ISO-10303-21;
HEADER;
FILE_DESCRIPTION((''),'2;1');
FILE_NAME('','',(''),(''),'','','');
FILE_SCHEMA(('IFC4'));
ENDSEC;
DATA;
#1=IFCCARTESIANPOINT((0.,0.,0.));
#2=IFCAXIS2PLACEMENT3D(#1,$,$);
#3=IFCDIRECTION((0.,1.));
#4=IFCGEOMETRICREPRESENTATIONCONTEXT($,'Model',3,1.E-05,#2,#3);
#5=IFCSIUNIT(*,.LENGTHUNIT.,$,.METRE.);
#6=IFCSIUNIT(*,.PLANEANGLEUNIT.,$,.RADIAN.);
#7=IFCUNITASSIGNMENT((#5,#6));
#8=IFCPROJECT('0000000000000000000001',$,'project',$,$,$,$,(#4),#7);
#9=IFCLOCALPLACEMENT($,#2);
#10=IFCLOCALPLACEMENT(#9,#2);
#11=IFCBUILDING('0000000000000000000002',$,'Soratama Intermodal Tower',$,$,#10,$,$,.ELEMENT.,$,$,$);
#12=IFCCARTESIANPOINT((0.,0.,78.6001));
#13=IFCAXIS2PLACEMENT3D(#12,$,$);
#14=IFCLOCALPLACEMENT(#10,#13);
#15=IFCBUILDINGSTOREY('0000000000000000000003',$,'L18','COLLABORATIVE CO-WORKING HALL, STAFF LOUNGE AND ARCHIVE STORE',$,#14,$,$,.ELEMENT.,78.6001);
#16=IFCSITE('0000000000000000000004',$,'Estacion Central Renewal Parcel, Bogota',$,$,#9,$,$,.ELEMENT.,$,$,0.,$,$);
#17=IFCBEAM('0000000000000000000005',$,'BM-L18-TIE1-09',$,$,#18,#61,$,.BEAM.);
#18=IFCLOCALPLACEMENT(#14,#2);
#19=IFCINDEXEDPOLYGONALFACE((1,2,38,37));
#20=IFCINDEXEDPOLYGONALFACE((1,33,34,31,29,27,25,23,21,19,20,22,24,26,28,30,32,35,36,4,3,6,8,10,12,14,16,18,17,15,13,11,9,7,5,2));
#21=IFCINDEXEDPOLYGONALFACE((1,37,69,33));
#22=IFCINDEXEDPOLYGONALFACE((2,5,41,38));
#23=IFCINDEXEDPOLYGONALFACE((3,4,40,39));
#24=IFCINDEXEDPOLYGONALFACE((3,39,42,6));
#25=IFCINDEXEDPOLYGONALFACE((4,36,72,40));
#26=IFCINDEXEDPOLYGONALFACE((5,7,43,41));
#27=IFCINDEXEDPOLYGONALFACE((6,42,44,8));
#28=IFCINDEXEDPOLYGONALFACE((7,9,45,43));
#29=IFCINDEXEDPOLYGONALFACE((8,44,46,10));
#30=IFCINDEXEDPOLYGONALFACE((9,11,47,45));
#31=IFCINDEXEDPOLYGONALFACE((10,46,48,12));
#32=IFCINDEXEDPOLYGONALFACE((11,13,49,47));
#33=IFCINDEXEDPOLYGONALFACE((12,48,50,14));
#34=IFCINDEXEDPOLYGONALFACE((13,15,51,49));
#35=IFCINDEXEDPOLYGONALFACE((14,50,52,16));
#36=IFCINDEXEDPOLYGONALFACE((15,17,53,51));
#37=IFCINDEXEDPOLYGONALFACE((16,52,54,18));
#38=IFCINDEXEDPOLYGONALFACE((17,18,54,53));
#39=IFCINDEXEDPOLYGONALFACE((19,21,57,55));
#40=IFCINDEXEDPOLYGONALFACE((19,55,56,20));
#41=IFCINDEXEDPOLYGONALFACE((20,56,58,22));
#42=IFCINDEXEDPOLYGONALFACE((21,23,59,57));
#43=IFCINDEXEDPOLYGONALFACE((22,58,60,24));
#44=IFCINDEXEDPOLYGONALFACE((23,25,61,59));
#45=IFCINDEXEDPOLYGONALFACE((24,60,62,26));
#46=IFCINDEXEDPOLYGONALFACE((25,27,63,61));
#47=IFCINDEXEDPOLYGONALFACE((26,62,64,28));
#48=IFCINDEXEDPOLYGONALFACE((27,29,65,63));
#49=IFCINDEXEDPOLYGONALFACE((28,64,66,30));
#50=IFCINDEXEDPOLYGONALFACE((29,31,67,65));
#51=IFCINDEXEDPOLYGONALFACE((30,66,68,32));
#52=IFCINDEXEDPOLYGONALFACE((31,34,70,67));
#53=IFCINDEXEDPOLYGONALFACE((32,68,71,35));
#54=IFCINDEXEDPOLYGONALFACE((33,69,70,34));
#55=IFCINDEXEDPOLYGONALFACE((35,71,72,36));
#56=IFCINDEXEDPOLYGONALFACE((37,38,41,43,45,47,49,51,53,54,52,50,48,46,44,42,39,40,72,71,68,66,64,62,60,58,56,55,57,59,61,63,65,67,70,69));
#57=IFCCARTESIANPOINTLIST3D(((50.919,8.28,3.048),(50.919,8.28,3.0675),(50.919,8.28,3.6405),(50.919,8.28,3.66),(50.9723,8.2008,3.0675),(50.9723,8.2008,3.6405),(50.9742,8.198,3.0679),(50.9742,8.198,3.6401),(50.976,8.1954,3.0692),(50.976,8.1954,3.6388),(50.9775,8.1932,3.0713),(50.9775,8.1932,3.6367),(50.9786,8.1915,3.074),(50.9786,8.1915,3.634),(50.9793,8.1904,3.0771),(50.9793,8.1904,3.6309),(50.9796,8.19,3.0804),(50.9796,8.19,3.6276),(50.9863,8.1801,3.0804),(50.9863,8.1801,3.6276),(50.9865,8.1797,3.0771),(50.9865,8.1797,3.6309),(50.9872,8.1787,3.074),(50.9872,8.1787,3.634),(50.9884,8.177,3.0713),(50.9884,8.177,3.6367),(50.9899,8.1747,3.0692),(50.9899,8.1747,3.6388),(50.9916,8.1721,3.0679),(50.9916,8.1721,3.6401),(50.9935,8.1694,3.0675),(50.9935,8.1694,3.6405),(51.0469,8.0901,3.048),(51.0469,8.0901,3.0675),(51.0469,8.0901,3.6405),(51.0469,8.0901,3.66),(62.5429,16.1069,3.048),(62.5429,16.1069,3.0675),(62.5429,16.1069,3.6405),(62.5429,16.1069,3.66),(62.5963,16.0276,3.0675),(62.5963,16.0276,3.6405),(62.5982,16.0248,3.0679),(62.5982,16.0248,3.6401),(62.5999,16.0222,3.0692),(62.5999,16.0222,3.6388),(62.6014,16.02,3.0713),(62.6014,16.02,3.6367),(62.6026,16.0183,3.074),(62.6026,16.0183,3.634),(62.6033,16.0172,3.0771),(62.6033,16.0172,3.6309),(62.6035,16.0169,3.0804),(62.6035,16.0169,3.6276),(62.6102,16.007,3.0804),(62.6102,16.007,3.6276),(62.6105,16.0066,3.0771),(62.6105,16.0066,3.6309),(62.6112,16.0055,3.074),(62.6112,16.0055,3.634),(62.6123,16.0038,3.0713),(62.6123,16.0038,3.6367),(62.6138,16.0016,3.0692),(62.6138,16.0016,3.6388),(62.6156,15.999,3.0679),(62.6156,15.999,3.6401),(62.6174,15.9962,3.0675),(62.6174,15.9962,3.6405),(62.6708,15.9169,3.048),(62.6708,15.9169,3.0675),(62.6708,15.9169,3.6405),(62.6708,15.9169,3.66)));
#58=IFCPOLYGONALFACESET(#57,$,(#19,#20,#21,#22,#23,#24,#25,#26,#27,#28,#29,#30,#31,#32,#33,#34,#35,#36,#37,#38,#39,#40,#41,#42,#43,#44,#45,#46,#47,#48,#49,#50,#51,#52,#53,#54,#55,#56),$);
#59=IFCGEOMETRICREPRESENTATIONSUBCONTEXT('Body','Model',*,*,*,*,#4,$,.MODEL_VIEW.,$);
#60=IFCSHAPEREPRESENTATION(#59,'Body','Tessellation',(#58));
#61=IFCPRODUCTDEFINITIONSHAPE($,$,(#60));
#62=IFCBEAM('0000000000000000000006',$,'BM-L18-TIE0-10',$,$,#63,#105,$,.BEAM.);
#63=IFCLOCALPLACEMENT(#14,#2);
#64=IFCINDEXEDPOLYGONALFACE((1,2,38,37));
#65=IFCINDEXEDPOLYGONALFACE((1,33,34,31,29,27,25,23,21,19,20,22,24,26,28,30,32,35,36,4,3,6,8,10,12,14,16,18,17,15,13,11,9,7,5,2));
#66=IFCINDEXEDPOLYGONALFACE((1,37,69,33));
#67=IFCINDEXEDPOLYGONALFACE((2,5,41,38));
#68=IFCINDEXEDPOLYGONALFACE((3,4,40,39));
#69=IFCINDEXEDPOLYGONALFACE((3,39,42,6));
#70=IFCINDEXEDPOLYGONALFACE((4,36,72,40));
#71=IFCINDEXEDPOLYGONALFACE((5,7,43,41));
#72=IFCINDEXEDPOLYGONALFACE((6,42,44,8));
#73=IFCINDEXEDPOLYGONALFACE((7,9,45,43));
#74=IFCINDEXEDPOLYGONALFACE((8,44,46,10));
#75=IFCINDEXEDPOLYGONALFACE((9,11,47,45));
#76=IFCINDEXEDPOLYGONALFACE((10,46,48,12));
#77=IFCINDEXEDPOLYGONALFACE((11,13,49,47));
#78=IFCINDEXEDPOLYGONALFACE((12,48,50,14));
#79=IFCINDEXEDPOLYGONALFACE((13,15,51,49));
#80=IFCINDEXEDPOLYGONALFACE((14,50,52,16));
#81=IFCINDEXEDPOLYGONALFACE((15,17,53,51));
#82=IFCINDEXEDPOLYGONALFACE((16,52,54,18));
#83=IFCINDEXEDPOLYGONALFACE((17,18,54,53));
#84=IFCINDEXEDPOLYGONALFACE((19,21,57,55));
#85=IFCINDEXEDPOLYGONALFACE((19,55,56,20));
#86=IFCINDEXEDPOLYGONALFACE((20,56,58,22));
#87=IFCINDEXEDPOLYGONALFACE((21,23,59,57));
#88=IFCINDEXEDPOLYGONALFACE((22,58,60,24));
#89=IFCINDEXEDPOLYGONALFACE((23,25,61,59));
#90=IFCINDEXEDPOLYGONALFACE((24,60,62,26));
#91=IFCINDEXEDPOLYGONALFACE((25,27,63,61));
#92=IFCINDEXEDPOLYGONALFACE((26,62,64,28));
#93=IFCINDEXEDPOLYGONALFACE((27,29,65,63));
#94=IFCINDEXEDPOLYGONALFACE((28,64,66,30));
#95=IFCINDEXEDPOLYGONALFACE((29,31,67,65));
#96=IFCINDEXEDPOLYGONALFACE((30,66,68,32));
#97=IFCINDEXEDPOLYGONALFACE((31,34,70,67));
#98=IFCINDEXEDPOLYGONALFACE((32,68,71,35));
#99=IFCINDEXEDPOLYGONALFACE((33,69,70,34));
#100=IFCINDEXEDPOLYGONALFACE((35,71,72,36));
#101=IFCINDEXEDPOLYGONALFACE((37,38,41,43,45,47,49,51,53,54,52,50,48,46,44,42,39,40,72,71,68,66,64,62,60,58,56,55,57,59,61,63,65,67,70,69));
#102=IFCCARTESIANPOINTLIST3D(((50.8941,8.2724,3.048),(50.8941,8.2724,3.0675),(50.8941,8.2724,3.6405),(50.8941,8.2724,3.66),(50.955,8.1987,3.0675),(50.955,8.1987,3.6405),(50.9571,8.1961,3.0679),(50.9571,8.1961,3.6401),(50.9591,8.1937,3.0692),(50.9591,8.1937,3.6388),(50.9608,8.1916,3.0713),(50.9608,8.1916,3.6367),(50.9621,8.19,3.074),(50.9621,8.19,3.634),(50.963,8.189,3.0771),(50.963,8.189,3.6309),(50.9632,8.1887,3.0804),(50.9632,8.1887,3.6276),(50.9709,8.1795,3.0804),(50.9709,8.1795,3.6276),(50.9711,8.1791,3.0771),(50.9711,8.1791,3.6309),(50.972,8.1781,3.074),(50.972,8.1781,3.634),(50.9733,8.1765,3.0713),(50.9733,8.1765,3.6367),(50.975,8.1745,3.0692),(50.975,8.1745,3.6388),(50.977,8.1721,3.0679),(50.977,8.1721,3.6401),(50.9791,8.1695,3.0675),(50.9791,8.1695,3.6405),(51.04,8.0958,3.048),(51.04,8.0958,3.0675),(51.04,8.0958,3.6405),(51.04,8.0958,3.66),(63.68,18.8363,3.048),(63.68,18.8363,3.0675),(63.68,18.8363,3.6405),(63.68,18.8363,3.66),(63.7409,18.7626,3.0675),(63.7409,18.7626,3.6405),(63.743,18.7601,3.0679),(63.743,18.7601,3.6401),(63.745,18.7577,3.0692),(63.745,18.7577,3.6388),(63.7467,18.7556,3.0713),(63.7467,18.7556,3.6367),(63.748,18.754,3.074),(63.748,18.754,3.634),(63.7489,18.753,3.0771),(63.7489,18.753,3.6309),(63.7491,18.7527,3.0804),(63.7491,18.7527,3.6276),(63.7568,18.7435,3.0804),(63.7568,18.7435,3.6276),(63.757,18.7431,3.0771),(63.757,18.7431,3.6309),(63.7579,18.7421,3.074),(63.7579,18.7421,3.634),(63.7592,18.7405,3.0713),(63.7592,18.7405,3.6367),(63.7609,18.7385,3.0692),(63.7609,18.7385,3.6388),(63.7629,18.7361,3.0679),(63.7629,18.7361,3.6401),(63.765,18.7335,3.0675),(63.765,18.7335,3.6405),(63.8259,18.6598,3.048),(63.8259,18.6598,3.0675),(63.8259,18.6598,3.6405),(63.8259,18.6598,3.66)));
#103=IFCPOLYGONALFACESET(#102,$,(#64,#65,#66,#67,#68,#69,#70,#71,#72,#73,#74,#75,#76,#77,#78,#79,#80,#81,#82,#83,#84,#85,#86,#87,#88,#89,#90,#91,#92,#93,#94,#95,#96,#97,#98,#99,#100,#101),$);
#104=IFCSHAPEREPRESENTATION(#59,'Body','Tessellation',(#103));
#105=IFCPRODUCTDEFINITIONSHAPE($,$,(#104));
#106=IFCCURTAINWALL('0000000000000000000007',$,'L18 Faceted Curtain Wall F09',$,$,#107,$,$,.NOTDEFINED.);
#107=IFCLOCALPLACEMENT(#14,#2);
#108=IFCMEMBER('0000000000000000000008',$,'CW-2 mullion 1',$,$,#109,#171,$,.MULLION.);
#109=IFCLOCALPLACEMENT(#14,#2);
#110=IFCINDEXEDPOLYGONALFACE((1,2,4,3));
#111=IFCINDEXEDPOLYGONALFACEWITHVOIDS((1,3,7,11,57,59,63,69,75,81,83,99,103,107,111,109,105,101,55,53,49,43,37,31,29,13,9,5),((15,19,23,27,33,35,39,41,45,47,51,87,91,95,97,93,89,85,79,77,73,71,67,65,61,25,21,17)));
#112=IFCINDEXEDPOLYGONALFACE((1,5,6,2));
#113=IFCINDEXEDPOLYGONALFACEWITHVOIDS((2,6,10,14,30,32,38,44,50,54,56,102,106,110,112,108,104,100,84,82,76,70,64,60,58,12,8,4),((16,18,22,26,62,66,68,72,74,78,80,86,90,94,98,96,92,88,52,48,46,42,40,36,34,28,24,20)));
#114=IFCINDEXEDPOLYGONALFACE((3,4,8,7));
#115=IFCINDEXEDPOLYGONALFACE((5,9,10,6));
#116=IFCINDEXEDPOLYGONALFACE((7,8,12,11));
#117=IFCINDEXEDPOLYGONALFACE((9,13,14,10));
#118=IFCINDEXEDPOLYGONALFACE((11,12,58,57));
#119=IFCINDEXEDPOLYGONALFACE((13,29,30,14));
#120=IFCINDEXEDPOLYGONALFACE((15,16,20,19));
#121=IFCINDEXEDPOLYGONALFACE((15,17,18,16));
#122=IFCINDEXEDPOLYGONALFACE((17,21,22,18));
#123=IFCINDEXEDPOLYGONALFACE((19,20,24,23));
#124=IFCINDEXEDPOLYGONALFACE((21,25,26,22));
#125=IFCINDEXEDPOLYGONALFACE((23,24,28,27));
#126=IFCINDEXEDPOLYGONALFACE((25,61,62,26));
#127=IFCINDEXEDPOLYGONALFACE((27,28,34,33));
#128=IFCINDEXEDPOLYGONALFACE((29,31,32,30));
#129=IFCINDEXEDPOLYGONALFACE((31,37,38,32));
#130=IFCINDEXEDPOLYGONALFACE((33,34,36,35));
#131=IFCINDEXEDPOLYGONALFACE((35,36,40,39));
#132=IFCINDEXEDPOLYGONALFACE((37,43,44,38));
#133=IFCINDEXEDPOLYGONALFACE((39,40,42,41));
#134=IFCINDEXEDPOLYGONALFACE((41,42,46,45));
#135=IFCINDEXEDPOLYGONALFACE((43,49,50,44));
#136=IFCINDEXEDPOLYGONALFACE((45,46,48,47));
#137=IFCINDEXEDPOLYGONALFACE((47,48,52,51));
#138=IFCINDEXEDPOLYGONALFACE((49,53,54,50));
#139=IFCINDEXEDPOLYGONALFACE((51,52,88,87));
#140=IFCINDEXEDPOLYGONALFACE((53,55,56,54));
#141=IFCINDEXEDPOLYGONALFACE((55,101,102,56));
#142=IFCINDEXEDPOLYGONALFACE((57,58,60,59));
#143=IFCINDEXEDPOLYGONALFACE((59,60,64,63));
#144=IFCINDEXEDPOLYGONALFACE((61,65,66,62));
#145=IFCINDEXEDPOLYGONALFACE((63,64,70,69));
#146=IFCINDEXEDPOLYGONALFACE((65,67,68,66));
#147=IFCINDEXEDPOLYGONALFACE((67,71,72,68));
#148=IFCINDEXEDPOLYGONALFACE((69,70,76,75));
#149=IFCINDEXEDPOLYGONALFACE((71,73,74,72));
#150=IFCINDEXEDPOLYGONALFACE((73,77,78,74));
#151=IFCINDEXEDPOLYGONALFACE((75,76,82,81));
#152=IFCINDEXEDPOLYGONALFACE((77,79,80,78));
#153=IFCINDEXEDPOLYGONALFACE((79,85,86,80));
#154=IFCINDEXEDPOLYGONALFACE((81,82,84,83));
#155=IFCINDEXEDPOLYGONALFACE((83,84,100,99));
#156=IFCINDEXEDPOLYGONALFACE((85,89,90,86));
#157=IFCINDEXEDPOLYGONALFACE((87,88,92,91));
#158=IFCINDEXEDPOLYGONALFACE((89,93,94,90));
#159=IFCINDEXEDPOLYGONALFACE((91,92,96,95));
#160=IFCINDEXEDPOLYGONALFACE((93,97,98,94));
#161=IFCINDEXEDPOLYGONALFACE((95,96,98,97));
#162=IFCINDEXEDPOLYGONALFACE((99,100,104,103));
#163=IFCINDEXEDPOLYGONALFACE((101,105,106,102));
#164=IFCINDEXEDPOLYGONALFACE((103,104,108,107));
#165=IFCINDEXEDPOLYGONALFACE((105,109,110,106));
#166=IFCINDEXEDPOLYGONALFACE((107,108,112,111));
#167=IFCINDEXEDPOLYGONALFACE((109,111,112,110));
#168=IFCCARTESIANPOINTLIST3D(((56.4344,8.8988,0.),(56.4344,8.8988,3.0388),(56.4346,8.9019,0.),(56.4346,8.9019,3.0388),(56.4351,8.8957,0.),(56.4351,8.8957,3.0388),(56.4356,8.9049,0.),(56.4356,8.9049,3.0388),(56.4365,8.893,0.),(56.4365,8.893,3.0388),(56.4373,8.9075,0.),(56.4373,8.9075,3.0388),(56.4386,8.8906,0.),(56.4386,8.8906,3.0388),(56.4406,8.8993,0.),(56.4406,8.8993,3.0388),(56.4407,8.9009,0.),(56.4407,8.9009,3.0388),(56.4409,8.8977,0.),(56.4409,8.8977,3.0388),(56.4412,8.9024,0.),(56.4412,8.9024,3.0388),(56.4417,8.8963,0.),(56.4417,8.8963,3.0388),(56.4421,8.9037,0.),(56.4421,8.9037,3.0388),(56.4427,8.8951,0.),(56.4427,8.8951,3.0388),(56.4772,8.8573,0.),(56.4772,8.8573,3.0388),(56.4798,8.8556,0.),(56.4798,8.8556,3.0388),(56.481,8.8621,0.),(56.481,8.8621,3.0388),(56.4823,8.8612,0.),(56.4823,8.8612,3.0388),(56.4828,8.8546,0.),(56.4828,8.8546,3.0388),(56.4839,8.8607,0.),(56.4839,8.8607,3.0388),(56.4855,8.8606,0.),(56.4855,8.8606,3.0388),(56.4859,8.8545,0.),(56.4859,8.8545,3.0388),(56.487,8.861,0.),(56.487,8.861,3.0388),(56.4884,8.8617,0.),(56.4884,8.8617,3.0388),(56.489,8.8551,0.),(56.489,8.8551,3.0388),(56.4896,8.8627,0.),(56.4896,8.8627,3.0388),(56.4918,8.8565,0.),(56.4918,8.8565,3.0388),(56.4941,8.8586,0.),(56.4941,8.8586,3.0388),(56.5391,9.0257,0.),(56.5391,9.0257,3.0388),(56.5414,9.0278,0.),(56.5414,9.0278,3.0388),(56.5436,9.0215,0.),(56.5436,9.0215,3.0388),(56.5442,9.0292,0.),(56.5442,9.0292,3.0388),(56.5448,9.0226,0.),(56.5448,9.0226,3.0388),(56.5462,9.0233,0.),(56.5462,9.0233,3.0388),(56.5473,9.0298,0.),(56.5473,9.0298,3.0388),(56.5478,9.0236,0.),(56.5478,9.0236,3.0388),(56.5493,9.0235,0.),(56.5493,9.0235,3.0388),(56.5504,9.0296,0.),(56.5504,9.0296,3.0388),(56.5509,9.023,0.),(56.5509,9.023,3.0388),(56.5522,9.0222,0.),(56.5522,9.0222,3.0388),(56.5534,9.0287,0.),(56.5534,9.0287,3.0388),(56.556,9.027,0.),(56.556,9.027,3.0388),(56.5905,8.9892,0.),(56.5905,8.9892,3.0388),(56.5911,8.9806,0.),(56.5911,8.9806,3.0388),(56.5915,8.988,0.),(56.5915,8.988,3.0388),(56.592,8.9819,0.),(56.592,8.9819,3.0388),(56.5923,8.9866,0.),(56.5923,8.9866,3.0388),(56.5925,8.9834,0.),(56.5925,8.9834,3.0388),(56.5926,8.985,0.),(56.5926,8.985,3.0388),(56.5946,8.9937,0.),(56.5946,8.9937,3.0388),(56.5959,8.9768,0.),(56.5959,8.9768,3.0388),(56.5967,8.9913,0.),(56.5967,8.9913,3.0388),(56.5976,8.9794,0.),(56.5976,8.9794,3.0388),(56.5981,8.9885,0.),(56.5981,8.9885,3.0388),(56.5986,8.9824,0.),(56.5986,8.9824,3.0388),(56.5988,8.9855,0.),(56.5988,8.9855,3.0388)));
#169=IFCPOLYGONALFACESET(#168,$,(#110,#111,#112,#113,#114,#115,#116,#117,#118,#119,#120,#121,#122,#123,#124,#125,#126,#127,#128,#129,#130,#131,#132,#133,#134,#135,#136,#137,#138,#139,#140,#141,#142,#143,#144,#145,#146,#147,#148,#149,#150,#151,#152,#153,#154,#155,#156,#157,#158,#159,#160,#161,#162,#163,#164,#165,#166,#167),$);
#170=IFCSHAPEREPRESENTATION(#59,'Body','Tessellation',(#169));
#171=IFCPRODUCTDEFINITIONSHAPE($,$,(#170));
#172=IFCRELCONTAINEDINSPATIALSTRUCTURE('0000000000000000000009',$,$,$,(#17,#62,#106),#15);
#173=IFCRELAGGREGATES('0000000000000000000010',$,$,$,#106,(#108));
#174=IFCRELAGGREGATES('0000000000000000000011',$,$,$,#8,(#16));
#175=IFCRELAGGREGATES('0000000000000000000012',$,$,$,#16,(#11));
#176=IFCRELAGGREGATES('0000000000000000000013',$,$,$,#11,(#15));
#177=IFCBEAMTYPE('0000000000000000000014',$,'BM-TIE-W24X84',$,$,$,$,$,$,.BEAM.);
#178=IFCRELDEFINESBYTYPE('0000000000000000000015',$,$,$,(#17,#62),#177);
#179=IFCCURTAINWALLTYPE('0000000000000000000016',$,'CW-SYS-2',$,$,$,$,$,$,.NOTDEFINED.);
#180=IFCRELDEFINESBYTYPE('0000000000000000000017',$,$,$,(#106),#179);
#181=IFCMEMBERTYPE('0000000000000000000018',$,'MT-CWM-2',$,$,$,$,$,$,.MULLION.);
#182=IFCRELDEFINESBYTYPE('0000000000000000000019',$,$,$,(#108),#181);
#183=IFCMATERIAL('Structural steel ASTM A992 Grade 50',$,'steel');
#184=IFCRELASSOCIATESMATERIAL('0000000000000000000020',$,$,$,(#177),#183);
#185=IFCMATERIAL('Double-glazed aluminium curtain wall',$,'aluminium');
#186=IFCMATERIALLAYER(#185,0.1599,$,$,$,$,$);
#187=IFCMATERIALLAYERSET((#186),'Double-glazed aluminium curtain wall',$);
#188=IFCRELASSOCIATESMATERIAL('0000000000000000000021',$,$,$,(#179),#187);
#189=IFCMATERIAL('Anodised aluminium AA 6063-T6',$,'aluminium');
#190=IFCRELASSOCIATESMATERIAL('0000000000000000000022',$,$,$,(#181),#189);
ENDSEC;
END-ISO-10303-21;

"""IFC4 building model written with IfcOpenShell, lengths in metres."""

from ifc_helpers import new_model, si_unit, direction, frame, origin, origin_2d, place, context, subcontext, project, spatial, hollow_rectangle, i_section, extrude, material, layer, layer_set, material_profile, profile_set, type_object, element, aggregate, save


model = new_model("IFC4")

# Units and contexts
model_context = context("Model", 3, precision=1e-05, world=origin(), true_north=direction((0.0, 1.0)))
body_context = subcontext(model_context, "Body", "Model", "MODEL_VIEW")
ifc_project = project(units=[si_unit("LENGTHUNIT", "METRE"), si_unit("PLANEANGLEUNIT", "RADIAN")], contexts=[model_context])

# Site, building, storey
site_placement = place(None, origin())
site = spatial("IfcSite", under=ifc_project, at=site_placement, Name="Estacion Central Renewal Parcel, Bogota", CompositionType="ELEMENT", RefElevation=0.0)
building_placement = place(site_placement, origin())
building = spatial("IfcBuilding", under=site, at=building_placement, Name="Soratama Intermodal Tower", CompositionType="ELEMENT")
storey_placement = place(building_placement, frame((0.0, 0.0, 78.6001)))
storey = spatial("IfcBuildingStorey", under=building, at=storey_placement, Name="L18", Description="COLLABORATIVE CO-WORKING HALL, STAFF LOUNGE AND ARCHIVE STORE", CompositionType="ELEMENT", Elevation=78.6001)

# Beams
ifc_material_1 = material(Name="Structural steel ASTM A992 Grade 50", Category="steel")
ifc_material_profile_1 = material_profile(ifc_material_1, i_section(OverallWidth=0.229, OverallDepth=0.6121, WebThickness=0.012, FlangeThickness=0.0195, FilletRadius=0.0129, at=origin_2d()), Name="W24X84")
ifc_profile_set_1 = profile_set([ifc_material_profile_1], Name="Structural steel ASTM A992 Grade 50")
beam_type_1 = type_object("IfcBeamType", Name="BM-TIE-W24X84", PredefinedType="BEAM", material=ifc_profile_set_1)
beam_1_placement = place(storey_placement, frame((50.9829, 8.1851, 3.354), z_axis=(0.829487, 0.558526, 0.0), x_axis=(-0.558526, 0.829487, 0.0)))
element("IfcBeam", 1, at=beam_1_placement, inside=storey, type_object=beam_type_1, Name="BM-L18-TIE1-09", PredefinedType="BEAM", context=body_context, shape_type="SweptSolid", body=[
    extrude(i_section(OverallWidth=0.229, OverallDepth=0.6121, WebThickness=0.012, FlangeThickness=0.0195, FilletRadius=0.0129, at=origin_2d()), origin(), (0.0, 0.0, 1.0), 14.0134),
])
beam_2_placement = place(storey_placement, frame((50.967, 8.1841, 3.354), z_axis=(0.770911, 0.636943, 0.0), x_axis=(-0.636943, 0.770911, 0.0)))
element("IfcBeam", 2, at=beam_2_placement, inside=storey, type_object=beam_type_1, Name="BM-L18-TIE0-10", PredefinedType="BEAM", context=body_context, shape_type="SweptSolid", body=[
    extrude(i_section(OverallWidth=0.229, OverallDepth=0.6121, WebThickness=0.012, FlangeThickness=0.0195, FilletRadius=0.0129, at=origin_2d()), origin(), (0.0, 0.0, 1.0), 16.5854),
])

# Curtain wall, member
ifc_material_2 = material(Name="Double-glazed aluminium curtain wall", Category="aluminium")
ifc_layer_1 = layer(ifc_material_2, 0.1599)
ifc_layer_set_1 = layer_set([ifc_layer_1], Name="Double-glazed aluminium curtain wall")
curtain_wall_type = type_object("IfcCurtainWallType", Name="CW-SYS-2", PredefinedType="NOTDEFINED", material=ifc_layer_set_1)
curtain_wall_placement = place(storey_placement, origin())
curtain_wall = element("IfcCurtainWall", 3, at=curtain_wall_placement, inside=storey, type_object=curtain_wall_type, Name="L18 Faceted Curtain Wall F09", PredefinedType="NOTDEFINED")
ifc_material_3 = material(Name="Anodised aluminium AA 6063-T6", Category="aluminium")
ifc_material_profile_2 = material_profile(ifc_material_3, hollow_rectangle(XDim=0.075, YDim=0.1799, WallThickness=0.0061, InnerFilletRadius=0.0061, OuterFilletRadius=0.012, at=origin_2d()), Name="CWM180X75X6")
ifc_profile_set_2 = profile_set([ifc_material_profile_2], Name="Anodised aluminium AA 6063-T6")
member_type_1 = type_object("IfcMemberType", Name="MT-CWM-2", PredefinedType="MULLION", material=ifc_profile_set_2)
member_1_placement = place(storey_placement, frame((56.5166, 8.9421, 0.0), z_axis=(0.0, 0.0, 1.0), x_axis=(-0.757678, 0.652629, 0.0)))
member_1 = element("IfcMember", 4, at=member_1_placement, type_object=member_type_1, Name="CW-2 mullion 1", PredefinedType="MULLION", context=body_context, shape_type="SweptSolid", body=[
    extrude(hollow_rectangle(XDim=0.075, YDim=0.1799, WallThickness=0.0061, InnerFilletRadius=0.0061, OuterFilletRadius=0.012, at=origin_2d()), origin(), (0.0, 0.0, 1.0), 3.0388),
])
aggregate(curtain_wall, [member_1])

save(model, "model.ifc")
